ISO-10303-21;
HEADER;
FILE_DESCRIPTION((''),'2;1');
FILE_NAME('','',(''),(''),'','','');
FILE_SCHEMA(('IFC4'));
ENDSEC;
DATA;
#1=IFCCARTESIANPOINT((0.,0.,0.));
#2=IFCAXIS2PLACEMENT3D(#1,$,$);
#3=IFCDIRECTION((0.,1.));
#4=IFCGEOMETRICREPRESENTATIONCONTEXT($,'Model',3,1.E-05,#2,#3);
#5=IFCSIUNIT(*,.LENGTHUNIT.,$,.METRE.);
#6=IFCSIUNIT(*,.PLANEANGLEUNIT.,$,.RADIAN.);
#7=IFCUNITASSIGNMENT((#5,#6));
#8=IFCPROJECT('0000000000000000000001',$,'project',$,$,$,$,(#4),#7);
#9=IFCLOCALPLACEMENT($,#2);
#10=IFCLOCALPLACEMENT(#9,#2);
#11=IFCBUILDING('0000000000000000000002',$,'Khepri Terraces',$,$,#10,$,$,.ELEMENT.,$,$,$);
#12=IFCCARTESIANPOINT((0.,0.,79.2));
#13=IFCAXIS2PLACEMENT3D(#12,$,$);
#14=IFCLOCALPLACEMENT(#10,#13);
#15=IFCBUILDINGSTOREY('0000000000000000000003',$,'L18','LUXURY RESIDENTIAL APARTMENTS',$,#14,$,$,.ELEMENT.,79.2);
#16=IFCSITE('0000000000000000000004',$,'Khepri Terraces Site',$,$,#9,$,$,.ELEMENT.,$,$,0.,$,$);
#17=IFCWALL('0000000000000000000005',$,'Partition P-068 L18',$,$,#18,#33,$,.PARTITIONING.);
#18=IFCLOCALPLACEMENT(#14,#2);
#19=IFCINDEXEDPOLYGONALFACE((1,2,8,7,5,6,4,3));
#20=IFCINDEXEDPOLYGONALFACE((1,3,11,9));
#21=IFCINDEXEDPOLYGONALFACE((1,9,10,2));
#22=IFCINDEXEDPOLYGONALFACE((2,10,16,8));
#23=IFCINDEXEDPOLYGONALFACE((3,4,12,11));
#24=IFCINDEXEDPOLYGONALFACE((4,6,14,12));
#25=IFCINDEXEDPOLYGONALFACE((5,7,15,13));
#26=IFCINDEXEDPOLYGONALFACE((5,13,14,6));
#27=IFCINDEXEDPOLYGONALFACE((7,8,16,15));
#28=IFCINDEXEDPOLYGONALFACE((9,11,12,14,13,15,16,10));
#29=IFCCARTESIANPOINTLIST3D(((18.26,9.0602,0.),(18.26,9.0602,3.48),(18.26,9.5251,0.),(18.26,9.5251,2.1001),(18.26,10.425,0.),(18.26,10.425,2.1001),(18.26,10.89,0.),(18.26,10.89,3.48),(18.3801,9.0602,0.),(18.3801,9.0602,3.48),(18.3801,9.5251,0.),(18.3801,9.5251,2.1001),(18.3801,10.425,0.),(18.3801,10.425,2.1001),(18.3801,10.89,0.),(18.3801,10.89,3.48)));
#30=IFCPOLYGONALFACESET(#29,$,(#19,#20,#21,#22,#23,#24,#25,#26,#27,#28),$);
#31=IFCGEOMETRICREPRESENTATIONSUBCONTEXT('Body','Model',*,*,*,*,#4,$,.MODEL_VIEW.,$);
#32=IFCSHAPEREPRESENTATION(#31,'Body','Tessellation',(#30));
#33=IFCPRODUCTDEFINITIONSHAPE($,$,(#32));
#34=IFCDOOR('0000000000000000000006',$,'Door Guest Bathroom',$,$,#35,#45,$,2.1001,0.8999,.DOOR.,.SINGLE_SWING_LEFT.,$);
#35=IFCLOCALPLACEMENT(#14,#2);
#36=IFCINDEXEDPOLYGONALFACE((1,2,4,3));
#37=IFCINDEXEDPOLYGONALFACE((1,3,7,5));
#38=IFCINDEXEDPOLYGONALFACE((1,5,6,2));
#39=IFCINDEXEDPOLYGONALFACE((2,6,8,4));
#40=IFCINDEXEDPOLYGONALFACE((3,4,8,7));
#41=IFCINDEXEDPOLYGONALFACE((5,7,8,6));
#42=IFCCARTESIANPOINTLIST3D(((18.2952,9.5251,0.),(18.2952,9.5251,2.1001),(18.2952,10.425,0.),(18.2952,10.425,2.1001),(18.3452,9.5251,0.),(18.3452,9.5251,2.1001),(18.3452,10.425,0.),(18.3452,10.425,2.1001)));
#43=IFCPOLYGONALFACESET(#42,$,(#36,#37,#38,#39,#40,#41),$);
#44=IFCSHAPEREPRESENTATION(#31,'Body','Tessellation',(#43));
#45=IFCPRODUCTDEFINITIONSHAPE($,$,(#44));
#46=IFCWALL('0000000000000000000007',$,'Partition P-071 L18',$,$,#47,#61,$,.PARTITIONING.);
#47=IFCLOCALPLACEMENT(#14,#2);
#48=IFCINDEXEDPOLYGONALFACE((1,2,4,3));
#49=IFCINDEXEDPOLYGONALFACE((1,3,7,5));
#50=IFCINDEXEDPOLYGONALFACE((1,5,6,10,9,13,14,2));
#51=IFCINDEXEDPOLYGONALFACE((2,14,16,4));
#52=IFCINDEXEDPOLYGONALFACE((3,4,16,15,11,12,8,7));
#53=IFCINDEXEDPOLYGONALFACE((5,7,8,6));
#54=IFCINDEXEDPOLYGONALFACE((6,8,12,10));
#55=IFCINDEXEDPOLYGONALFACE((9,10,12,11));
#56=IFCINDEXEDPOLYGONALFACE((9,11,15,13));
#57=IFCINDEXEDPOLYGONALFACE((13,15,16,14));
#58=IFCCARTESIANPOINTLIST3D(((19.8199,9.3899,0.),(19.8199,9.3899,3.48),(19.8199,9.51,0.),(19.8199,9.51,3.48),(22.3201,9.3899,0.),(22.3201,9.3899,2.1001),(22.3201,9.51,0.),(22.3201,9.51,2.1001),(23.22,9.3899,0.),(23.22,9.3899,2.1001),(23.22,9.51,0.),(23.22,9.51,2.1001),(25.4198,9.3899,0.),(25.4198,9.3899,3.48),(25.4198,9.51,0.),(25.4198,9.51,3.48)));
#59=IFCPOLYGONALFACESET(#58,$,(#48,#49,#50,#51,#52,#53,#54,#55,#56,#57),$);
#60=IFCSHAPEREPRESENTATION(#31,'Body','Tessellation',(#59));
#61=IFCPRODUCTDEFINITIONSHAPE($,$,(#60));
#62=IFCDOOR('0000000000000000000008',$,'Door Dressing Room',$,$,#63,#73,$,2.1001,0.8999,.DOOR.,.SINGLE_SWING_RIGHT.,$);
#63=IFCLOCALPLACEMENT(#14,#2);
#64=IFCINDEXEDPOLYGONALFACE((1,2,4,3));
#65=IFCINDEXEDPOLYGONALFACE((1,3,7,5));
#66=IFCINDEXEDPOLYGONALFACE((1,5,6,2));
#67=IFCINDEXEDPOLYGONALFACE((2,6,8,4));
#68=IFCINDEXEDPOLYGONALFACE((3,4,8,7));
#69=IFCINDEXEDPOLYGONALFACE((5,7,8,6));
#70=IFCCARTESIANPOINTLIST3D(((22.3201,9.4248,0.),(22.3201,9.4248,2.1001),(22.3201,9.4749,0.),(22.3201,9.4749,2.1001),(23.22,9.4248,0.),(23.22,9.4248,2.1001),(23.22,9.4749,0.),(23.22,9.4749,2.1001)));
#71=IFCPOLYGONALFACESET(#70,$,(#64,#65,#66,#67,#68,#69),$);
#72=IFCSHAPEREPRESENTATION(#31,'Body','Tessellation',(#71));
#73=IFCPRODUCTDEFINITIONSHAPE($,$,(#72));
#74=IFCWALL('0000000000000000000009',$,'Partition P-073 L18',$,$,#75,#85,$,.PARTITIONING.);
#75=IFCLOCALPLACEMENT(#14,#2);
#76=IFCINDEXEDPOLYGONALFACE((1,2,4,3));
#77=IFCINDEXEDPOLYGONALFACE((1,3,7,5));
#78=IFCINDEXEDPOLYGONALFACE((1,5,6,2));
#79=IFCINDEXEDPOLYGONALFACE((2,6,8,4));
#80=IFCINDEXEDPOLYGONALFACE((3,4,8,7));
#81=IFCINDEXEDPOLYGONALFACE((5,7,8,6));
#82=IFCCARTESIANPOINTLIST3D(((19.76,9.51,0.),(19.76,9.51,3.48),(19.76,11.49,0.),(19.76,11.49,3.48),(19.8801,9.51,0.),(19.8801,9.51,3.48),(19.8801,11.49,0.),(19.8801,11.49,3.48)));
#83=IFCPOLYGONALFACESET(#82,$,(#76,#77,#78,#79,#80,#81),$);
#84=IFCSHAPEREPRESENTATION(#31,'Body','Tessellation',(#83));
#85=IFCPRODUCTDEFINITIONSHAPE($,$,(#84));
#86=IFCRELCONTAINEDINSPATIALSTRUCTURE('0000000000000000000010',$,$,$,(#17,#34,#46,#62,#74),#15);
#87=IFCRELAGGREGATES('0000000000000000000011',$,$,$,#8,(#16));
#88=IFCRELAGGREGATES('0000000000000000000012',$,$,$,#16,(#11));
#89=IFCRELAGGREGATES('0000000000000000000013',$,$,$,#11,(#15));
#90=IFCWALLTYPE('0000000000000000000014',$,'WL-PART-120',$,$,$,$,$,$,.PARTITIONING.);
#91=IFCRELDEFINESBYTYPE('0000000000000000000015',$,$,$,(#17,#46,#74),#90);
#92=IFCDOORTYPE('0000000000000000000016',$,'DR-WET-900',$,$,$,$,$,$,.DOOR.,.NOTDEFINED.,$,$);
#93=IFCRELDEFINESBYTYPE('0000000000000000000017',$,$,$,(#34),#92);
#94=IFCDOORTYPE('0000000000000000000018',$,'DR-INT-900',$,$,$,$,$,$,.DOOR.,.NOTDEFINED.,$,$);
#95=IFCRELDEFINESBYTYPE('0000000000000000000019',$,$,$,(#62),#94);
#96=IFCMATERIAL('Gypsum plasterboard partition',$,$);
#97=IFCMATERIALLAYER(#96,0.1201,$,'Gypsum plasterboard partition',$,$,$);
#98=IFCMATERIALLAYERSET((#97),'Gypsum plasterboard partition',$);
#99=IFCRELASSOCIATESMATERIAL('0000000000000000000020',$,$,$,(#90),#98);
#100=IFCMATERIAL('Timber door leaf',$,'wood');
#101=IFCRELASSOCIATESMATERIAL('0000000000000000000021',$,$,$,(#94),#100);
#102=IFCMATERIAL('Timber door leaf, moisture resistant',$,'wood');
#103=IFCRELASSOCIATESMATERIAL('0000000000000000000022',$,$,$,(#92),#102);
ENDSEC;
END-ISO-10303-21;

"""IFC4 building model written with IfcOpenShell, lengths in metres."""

from ifc_helpers import new_model, si_unit, direction, frame, frame_2d, origin, place, context, subcontext, project, spatial, rectangle, extrude, material, layer, layer_set, type_object, element, fill, save


model = new_model("IFC4")

# Units and contexts
model_context = context("Model", 3, precision=1e-05, world=origin(), true_north=direction((0.0, 1.0)))
body_context = subcontext(model_context, "Body", "Model", "MODEL_VIEW")
ifc_project = project(units=[si_unit("LENGTHUNIT", "METRE"), si_unit("PLANEANGLEUNIT", "RADIAN")], contexts=[model_context])

# Site, building, storey
site_placement = place(None, origin())
site = spatial("IfcSite", under=ifc_project, at=site_placement, Name="Khepri Terraces Site", CompositionType="ELEMENT", RefElevation=0.0)
building_placement = place(site_placement, origin())
building = spatial("IfcBuilding", under=site, at=building_placement, Name="Khepri Terraces", CompositionType="ELEMENT")
storey_placement = place(building_placement, frame((0.0, 0.0, 79.2)))
storey = spatial("IfcBuildingStorey", under=building, at=storey_placement, Name="L18", Description="LUXURY RESIDENTIAL APARTMENTS", CompositionType="ELEMENT", Elevation=79.2)

# Shared definitions
ifc_material_1 = material(Name="Gypsum plasterboard partition")
ifc_layer_1 = layer(ifc_material_1, 0.1201, Name="Gypsum plasterboard partition")
ifc_layer_set_1 = layer_set([ifc_layer_1], Name="Gypsum plasterboard partition")
wall_type_1 = type_object("IfcWallType", Name="WL-PART-120", PredefinedType="PARTITIONING", material=ifc_layer_set_1)

# Walls, openings, doors
ifc_material_2 = material(Name="Timber door leaf", Category="wood")
door_type_1 = type_object("IfcDoorType", Name="DR-INT-900", OperationType="NOTDEFINED", PredefinedType="DOOR", material=ifc_material_2)
wall_1_placement = place(storey_placement, frame((18.3201, 9.0601, 0.0), z_axis=(0.0, 0.0, 1.0), x_axis=(0.0, 1.0, 0.0)))
wall_1 = element("IfcWall", 1, at=wall_1_placement, inside=storey, type_object=wall_type_1, Name="Partition P-068 L18", PredefinedType="PARTITIONING", context=body_context, shape_type="SweptSolid", body=[
    extrude(rectangle(XDim=1.8298, YDim=0.1201, at=frame_2d((0.915, 0.0))), origin(), (0.0, 0.0, 1.0), 3.48),
])
opening_1_placement = place(wall_1_placement, frame((0.4651, 0.0, 0.0)))
opening_1 = element("IfcOpeningElement", 2, at=opening_1_placement, cuts=wall_1, PredefinedType="OPENING", context=body_context, shape_type="SweptSolid", body=[
    extrude(rectangle(XDim=0.8999, YDim=2.1001, at=frame_2d((0.45, 1.05))), frame((0.0, 0.0701, 0.0), z_axis=(0.0, -1.0, 0.0), x_axis=(1.0, 0.0, 0.0)), (0.0, 0.0, 1.0), 0.1401),
])
ifc_material_3 = material(Name="Timber door leaf, moisture resistant", Category="wood")
door_type_2 = type_object("IfcDoorType", Name="DR-WET-900", OperationType="NOTDEFINED", PredefinedType="DOOR", material=ifc_material_3)
door_1_placement = place(opening_1_placement, origin())
door_1 = element("IfcDoor", 3, at=door_1_placement, inside=storey, type_object=door_type_2, Name="Door Guest Bathroom", OperationType="SINGLE_SWING_LEFT", OverallHeight=2.1001, OverallWidth=0.8999, PredefinedType="DOOR", context=body_context, shape_type="SweptSolid", body=[
    extrude(rectangle(XDim=0.8999, YDim=2.1001, at=frame_2d((0.45, 1.05))), frame((0.0, 0.0249, 0.0), z_axis=(0.0, -1.0, 0.0), x_axis=(1.0, 0.0, 0.0)), (0.0, 0.0, 1.0), 0.05),
])
fill(opening_1, door_1)
wall_2_placement = place(storey_placement, frame((19.8201, 9.45, 0.0), z_axis=(0.0, 0.0, 1.0), x_axis=(1.0, 0.0, 0.0)))
wall_2 = element("IfcWall", 4, at=wall_2_placement, inside=storey, type_object=wall_type_1, Name="Partition P-071 L18", PredefinedType="PARTITIONING", context=body_context, shape_type="SweptSolid", body=[
    extrude(rectangle(XDim=5.5999, YDim=0.1201, at=frame_2d((2.7998, 0.0))), origin(), (0.0, 0.0, 1.0), 3.48),
])
opening_2_placement = place(wall_2_placement, frame((2.5, 0.0, 0.0)))
opening_2 = element("IfcOpeningElement", 5, at=opening_2_placement, cuts=wall_2, PredefinedType="OPENING", context=body_context, shape_type="SweptSolid", body=[
    extrude(rectangle(XDim=0.8999, YDim=2.1001, at=frame_2d((0.45, 1.05))), frame((0.0, 0.0701, 0.0), z_axis=(0.0, -1.0, 0.0), x_axis=(1.0, 0.0, 0.0)), (0.0, 0.0, 1.0), 0.1401),
])
door_2_placement = place(opening_2_placement, origin())
door_2 = element("IfcDoor", 6, at=door_2_placement, inside=storey, type_object=door_type_1, Name="Door Dressing Room", OperationType="SINGLE_SWING_RIGHT", OverallHeight=2.1001, OverallWidth=0.8999, PredefinedType="DOOR", context=body_context, shape_type="SweptSolid", body=[
    extrude(rectangle(XDim=0.8999, YDim=2.1001, at=frame_2d((0.45, 1.05))), frame((0.0, 0.0249, 0.0), z_axis=(0.0, -1.0, 0.0), x_axis=(1.0, 0.0, 0.0)), (0.0, 0.0, 1.0), 0.05),
])
fill(opening_2, door_2)

# Wall
wall_3_placement = place(storey_placement, frame((19.8201, 9.51, 0.0), z_axis=(0.0, 0.0, 1.0), x_axis=(0.0, 1.0, 0.0)))
element("IfcWall", 7, at=wall_3_placement, inside=storey, type_object=wall_type_1, Name="Partition P-073 L18", PredefinedType="PARTITIONING", context=body_context, shape_type="SweptSolid", body=[
    extrude(rectangle(XDim=1.98, YDim=0.1201, at=frame_2d((0.99, 0.0))), origin(), (0.0, 0.0, 1.0), 3.48),
])

save(model, "model.ifc")
